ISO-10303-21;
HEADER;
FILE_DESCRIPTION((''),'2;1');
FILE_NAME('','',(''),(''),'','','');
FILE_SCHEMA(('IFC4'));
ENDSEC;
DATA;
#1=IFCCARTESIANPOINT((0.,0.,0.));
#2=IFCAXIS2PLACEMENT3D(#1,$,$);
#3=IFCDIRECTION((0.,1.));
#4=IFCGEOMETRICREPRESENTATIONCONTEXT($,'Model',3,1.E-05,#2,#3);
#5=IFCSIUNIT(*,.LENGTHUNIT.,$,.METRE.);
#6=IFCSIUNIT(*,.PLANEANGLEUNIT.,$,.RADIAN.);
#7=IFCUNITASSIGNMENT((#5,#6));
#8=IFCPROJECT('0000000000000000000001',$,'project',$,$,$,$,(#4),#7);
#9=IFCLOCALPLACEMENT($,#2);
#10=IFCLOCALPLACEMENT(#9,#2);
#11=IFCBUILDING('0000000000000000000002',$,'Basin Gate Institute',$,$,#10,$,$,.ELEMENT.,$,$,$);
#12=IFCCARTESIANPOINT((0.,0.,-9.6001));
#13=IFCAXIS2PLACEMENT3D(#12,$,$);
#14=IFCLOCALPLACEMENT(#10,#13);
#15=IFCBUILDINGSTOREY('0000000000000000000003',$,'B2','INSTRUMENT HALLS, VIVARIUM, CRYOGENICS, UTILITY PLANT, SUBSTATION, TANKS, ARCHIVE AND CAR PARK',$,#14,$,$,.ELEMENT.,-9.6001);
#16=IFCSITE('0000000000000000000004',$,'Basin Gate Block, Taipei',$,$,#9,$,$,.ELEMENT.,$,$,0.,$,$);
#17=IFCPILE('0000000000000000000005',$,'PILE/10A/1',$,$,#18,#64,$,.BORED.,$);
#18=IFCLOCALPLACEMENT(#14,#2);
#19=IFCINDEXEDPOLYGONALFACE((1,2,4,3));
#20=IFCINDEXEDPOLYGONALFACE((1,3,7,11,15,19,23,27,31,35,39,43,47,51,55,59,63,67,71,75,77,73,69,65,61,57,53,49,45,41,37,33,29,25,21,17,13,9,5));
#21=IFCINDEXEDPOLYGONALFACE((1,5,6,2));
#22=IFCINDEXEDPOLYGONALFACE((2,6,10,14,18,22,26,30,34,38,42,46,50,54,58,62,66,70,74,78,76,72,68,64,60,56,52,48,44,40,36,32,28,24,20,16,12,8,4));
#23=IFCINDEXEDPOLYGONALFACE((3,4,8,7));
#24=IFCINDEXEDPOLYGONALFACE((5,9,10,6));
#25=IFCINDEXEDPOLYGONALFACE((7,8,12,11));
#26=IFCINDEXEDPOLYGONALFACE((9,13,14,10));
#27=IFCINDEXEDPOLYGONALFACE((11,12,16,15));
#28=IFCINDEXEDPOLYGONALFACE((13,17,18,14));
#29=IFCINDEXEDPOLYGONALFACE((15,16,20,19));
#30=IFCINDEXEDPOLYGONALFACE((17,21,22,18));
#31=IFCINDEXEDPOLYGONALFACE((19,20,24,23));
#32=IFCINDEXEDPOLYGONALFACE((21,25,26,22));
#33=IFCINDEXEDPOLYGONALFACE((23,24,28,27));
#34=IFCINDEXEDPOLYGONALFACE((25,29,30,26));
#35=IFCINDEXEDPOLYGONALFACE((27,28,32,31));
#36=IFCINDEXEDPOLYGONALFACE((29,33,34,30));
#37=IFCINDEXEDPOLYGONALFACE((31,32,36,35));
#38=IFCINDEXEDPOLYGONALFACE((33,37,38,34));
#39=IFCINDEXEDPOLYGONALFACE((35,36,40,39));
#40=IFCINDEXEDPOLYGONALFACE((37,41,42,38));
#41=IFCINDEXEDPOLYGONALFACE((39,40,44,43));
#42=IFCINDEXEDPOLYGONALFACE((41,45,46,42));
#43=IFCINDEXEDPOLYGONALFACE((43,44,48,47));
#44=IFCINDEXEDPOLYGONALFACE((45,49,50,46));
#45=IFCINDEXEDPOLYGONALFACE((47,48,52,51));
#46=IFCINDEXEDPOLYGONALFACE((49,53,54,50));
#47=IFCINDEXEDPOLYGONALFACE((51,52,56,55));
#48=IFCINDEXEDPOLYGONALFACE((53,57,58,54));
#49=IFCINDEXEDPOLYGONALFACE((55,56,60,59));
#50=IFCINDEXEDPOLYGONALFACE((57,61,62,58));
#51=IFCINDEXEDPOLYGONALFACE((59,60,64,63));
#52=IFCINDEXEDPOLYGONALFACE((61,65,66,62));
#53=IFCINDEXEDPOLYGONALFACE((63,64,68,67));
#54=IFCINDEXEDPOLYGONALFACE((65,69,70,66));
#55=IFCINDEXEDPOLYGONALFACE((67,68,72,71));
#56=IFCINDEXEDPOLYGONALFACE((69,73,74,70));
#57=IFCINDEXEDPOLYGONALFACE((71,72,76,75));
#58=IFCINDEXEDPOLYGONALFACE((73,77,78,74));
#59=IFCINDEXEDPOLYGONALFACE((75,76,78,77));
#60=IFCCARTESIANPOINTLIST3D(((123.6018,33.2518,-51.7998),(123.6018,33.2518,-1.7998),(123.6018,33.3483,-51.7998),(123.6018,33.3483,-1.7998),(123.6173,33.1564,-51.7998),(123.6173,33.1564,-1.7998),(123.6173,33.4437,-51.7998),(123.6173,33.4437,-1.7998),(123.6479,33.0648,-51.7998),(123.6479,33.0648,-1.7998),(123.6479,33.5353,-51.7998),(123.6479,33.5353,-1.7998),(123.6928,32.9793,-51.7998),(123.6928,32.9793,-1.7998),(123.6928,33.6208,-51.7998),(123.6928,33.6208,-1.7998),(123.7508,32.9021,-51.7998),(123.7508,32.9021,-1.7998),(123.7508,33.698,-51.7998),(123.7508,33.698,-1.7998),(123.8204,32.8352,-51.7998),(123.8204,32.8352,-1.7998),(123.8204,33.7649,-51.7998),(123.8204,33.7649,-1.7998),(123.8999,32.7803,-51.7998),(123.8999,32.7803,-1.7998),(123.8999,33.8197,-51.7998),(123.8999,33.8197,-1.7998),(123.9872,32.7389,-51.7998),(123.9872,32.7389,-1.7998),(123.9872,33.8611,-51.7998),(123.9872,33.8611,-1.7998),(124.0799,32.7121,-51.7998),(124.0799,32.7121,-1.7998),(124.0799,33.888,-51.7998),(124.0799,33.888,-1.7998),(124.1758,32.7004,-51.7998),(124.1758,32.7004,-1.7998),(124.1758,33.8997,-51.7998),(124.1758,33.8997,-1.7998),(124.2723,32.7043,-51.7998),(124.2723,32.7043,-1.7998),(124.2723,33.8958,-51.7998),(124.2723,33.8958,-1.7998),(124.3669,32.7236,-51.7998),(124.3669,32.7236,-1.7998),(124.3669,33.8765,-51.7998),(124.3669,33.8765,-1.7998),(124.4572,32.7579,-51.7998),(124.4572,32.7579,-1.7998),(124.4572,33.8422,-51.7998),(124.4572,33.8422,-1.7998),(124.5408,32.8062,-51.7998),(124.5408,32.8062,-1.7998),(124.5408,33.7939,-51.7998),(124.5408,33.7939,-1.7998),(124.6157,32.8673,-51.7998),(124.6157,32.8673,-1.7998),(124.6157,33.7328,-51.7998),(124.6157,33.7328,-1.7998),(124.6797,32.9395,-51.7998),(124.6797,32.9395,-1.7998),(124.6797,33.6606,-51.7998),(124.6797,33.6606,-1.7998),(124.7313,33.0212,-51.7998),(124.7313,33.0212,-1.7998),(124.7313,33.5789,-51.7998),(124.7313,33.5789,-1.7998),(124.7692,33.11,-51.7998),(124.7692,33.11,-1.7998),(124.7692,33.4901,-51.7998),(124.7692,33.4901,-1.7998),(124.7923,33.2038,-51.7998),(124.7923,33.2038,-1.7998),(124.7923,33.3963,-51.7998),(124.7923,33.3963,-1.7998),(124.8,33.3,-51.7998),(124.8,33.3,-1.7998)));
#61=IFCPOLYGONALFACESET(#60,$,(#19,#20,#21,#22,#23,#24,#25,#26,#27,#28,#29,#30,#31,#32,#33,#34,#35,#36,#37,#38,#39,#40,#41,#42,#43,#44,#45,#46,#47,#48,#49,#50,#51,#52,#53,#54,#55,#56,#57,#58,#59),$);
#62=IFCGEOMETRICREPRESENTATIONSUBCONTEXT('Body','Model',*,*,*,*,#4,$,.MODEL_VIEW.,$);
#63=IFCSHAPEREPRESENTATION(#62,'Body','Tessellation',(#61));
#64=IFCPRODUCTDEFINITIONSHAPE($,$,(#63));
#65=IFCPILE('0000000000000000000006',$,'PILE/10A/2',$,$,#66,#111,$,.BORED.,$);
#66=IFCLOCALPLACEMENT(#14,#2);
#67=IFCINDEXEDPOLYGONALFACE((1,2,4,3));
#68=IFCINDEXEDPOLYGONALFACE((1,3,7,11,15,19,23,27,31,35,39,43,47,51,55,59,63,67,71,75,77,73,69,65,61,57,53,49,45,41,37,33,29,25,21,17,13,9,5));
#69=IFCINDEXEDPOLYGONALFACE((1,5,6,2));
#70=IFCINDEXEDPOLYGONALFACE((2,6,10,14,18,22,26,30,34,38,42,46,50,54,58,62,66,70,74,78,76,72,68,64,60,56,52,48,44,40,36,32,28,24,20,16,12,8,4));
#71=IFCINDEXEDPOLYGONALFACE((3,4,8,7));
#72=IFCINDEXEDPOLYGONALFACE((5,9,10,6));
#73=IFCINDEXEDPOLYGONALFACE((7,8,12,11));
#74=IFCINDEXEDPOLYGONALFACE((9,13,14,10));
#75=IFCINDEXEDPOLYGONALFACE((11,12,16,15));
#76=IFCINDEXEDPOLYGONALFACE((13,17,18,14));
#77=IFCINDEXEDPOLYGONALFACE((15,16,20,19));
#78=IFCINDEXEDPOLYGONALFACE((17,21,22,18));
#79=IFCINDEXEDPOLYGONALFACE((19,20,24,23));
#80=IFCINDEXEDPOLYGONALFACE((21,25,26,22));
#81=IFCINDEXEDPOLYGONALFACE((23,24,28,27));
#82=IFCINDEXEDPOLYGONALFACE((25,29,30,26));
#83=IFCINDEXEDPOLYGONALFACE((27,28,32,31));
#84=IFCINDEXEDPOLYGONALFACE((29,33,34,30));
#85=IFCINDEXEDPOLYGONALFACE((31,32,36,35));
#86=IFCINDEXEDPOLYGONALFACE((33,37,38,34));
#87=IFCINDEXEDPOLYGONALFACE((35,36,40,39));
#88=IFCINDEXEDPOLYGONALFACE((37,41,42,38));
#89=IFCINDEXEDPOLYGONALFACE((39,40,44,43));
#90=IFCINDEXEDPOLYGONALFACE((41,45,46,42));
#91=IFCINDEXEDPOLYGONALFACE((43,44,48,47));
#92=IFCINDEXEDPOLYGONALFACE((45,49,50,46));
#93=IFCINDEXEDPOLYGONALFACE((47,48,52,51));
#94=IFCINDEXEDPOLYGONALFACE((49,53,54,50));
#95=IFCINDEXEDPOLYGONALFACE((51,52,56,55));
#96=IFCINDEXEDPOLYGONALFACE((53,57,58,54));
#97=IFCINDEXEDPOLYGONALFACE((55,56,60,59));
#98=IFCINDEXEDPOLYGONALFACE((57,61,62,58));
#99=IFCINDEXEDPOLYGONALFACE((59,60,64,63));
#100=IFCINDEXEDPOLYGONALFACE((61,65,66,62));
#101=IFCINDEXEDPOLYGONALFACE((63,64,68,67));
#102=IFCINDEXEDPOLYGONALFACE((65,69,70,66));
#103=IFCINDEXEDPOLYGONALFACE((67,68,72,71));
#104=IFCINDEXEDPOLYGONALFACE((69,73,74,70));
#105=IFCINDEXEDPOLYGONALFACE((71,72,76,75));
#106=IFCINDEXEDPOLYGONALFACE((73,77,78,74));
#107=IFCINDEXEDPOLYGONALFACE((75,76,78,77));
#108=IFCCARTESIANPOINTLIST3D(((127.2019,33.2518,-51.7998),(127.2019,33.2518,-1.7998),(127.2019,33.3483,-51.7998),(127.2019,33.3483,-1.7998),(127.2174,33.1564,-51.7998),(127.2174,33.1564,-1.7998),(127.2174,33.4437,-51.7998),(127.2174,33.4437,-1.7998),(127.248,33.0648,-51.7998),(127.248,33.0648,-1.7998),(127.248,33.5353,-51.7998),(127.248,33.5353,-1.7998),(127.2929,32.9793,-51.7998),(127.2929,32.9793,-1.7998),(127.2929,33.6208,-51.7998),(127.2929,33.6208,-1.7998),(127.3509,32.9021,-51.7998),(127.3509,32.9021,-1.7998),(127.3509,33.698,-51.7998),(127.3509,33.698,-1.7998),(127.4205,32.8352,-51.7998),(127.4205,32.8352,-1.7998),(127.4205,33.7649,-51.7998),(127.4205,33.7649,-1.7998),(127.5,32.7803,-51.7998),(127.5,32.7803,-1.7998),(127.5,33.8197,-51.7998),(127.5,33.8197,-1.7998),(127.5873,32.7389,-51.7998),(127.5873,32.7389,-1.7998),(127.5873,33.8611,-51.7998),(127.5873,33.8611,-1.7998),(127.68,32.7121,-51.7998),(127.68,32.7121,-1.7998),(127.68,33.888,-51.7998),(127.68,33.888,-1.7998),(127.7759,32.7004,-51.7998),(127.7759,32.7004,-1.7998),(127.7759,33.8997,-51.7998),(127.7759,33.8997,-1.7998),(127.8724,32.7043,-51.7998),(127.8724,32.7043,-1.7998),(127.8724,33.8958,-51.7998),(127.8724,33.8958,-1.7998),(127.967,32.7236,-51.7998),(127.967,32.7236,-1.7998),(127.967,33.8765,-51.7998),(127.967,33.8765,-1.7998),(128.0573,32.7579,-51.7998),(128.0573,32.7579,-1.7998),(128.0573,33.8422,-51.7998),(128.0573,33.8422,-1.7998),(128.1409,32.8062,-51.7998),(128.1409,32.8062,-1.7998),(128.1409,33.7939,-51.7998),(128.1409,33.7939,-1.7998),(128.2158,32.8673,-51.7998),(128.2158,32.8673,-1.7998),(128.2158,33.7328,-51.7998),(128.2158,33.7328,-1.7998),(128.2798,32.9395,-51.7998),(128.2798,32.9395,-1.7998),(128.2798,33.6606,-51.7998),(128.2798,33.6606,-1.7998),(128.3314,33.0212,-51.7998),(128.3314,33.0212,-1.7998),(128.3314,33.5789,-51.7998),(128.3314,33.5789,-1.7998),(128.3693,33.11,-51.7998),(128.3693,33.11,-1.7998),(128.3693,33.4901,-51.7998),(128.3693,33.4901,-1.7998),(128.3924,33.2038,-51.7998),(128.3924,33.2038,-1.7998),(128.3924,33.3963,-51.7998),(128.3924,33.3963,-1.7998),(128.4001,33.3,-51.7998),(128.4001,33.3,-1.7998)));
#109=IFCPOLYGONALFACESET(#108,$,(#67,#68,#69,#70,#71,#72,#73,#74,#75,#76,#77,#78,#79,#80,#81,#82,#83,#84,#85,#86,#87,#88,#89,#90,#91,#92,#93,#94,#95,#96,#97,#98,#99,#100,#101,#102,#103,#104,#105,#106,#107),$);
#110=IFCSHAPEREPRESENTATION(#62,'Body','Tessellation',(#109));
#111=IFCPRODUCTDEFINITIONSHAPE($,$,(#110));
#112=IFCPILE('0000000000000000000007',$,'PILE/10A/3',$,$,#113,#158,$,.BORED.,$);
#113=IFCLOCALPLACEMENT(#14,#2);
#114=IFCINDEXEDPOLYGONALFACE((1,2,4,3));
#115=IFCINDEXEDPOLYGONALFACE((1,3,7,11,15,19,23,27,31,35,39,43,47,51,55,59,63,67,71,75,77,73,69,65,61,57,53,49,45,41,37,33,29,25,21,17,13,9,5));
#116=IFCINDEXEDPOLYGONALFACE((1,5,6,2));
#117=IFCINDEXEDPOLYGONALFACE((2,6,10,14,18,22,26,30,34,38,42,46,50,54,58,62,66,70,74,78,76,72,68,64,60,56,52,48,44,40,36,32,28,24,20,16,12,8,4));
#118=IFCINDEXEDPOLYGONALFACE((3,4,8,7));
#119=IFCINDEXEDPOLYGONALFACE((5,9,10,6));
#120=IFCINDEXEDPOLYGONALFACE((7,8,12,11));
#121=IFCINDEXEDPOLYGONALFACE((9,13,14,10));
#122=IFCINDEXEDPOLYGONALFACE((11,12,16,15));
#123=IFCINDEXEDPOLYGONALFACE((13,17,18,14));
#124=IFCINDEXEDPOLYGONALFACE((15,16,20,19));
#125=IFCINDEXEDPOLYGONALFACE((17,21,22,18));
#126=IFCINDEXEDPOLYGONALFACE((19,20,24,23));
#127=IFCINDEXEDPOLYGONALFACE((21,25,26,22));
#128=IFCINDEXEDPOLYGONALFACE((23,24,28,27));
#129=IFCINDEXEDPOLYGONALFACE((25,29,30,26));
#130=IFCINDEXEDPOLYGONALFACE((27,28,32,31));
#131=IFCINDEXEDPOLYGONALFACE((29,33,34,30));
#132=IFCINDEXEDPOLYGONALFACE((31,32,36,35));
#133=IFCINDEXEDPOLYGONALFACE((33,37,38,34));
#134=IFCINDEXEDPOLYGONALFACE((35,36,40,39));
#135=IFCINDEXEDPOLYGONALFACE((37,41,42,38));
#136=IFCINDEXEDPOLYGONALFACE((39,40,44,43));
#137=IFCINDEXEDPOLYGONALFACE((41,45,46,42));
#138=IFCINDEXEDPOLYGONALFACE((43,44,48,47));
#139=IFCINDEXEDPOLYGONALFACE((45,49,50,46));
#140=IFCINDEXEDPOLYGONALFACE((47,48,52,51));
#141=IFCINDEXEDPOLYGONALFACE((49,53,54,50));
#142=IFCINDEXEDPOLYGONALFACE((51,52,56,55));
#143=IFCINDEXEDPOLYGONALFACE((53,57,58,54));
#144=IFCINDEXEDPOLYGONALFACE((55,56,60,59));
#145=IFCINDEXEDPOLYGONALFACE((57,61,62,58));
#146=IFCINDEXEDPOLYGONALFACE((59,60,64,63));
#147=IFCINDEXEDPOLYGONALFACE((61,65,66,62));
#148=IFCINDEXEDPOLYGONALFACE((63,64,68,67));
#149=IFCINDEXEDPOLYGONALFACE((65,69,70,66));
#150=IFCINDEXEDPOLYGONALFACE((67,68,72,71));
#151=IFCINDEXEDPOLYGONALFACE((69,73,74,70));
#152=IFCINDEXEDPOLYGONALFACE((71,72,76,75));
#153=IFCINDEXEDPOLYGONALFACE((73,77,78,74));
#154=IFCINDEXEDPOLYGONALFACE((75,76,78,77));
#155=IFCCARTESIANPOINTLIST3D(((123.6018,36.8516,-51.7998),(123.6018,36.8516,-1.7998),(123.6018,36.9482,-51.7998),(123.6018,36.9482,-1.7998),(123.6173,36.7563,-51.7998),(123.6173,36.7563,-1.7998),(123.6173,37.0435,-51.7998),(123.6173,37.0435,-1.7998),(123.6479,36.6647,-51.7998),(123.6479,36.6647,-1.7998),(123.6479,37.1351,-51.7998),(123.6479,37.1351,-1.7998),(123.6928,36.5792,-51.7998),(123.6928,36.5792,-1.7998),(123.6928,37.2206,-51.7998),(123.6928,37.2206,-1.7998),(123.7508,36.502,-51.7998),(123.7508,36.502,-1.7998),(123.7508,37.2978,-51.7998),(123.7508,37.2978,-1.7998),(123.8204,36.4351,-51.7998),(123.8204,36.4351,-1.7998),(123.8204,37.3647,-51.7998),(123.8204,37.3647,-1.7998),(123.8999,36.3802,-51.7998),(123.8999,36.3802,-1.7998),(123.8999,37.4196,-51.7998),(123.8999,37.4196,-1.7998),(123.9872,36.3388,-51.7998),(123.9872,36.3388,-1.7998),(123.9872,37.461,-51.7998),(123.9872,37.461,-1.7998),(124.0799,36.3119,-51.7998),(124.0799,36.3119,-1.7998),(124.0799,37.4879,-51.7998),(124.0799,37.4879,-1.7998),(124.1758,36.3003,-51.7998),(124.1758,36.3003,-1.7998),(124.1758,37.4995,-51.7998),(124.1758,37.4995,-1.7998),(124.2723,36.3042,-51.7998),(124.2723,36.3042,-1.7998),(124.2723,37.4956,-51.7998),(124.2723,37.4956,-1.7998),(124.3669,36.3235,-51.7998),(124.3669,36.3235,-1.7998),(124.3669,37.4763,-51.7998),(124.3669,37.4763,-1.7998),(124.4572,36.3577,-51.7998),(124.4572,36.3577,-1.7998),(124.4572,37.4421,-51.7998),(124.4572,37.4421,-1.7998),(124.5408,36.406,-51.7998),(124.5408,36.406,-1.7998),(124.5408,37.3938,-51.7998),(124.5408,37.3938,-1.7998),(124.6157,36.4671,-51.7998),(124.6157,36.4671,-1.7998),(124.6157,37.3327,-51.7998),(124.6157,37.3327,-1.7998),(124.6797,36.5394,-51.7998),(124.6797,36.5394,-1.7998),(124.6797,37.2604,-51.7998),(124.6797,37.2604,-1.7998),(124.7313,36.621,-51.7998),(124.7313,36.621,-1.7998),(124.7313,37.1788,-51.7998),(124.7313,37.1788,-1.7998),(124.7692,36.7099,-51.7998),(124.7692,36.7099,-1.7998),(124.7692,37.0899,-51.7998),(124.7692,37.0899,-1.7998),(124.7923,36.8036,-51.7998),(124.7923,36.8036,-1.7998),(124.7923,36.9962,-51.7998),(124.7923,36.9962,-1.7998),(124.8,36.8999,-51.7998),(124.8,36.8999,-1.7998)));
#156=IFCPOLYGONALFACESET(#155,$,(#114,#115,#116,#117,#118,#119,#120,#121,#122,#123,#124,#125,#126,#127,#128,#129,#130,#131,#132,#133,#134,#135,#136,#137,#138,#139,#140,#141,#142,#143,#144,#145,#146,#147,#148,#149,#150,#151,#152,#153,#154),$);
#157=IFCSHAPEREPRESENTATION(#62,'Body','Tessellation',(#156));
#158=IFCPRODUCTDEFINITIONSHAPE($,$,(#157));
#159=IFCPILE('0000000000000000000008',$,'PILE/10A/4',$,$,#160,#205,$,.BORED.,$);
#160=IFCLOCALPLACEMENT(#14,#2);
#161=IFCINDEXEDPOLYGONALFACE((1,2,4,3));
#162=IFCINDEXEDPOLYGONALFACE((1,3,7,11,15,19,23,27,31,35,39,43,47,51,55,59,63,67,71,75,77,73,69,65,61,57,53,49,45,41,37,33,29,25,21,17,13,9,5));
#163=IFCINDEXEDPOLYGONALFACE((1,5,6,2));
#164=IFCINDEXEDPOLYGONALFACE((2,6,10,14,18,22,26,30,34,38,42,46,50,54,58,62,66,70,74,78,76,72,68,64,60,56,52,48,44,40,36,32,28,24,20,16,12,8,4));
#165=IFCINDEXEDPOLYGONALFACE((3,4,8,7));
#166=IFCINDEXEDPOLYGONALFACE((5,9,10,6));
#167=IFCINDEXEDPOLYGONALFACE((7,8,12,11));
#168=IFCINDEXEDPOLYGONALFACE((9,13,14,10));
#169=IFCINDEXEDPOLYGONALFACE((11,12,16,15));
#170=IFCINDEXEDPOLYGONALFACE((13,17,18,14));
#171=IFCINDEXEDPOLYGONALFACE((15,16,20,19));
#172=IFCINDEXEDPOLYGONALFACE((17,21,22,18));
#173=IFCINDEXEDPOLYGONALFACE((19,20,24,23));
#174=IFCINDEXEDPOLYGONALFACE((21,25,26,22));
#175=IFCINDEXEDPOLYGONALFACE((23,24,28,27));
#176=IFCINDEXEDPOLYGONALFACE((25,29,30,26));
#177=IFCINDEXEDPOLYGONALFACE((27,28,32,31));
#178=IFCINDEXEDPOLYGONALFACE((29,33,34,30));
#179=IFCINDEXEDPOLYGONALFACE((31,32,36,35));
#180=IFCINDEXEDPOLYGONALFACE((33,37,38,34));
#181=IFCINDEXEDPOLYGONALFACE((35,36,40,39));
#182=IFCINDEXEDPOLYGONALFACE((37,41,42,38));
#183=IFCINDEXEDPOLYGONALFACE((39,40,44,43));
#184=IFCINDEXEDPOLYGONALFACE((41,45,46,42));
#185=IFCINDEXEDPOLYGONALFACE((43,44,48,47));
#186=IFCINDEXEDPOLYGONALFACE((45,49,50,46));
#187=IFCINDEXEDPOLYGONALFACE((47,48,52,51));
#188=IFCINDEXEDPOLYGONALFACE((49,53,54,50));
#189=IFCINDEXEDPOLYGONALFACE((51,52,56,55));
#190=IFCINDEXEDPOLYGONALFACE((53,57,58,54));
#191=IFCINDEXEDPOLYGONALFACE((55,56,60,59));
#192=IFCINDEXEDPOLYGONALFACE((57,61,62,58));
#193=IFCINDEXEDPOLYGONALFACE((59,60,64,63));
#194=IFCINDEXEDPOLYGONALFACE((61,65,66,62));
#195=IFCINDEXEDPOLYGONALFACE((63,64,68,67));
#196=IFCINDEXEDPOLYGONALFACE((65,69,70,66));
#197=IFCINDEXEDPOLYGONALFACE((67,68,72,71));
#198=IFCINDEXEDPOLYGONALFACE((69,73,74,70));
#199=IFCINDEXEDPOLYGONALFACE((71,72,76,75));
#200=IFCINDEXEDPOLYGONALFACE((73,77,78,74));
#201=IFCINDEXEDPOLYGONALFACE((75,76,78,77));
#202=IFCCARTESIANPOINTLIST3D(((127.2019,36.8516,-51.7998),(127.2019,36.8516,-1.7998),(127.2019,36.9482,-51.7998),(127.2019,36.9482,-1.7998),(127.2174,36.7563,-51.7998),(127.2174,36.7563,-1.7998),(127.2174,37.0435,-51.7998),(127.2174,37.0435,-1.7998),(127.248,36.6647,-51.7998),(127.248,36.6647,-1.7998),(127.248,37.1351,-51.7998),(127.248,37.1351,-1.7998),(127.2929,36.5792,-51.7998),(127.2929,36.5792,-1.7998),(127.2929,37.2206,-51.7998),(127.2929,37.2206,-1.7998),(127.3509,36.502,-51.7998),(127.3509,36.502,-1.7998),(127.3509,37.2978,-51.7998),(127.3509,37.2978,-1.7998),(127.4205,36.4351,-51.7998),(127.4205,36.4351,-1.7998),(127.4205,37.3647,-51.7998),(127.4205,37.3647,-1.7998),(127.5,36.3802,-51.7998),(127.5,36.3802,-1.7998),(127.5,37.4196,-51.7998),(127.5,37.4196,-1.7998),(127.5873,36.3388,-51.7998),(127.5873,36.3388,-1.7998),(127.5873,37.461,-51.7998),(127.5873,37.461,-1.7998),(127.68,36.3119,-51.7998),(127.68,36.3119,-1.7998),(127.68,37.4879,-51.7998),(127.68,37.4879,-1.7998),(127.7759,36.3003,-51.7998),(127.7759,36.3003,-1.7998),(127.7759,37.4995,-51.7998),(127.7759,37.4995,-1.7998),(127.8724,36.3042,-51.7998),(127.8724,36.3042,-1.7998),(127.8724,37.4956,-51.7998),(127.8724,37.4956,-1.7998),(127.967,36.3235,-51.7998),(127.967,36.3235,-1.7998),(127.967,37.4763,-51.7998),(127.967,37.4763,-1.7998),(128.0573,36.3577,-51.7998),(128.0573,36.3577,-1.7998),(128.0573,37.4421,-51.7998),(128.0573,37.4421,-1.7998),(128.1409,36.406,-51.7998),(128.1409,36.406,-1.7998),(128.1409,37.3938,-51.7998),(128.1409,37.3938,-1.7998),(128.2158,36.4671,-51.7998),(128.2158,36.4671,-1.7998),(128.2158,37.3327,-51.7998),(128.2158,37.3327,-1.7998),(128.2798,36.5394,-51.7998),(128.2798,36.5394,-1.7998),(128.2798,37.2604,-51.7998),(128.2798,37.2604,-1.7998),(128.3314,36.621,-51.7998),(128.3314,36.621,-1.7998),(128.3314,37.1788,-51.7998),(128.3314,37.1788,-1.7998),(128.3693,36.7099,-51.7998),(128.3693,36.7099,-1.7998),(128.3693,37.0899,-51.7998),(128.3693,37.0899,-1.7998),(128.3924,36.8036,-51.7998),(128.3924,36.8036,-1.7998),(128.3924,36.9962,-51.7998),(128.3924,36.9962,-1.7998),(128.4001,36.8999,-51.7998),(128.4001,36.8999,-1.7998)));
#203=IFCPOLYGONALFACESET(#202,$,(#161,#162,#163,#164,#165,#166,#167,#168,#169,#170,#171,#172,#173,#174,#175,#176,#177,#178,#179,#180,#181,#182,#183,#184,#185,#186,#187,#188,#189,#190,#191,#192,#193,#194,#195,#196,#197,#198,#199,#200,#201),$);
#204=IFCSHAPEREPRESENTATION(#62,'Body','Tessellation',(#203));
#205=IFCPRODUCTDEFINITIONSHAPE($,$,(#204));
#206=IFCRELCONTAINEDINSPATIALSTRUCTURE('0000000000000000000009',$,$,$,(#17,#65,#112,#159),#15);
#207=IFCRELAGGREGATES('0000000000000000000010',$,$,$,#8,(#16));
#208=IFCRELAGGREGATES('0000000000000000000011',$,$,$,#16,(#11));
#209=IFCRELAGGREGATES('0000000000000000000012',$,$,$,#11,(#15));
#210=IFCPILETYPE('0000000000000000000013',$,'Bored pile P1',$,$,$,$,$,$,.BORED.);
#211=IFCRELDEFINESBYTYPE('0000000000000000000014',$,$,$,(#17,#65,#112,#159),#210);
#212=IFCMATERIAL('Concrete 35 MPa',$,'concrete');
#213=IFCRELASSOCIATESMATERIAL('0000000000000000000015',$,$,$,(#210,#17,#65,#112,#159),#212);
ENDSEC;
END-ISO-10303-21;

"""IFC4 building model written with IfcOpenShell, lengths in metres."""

from ifc_helpers import new_model, si_unit, direction, frame, origin, origin_2d, place, context, subcontext, project, spatial, circle, extrude, material, material_profile, profile_set, type_object, element, save


model = new_model("IFC4")

# Units and contexts
model_context = context("Model", 3, precision=1e-05, world=origin(), true_north=direction((0.0, 1.0)))
body_context = subcontext(model_context, "Body", "Model", "MODEL_VIEW")
ifc_project = project(units=[si_unit("LENGTHUNIT", "METRE"), si_unit("PLANEANGLEUNIT", "RADIAN")], contexts=[model_context])

# Site, building, storey
site_placement = place(None, origin())
site = spatial("IfcSite", under=ifc_project, at=site_placement, Name="Basin Gate Block, Taipei", CompositionType="ELEMENT", RefElevation=0.0)
building_placement = place(site_placement, origin())
building = spatial("IfcBuilding", under=site, at=building_placement, Name="Basin Gate Institute", CompositionType="ELEMENT")
storey_placement = place(building_placement, frame((0.0, 0.0, -9.6001)))
storey = spatial("IfcBuildingStorey", under=building, at=storey_placement, Name="B2", Description="INSTRUMENT HALLS, VIVARIUM, CRYOGENICS, UTILITY PLANT, SUBSTATION, TANKS, ARCHIVE AND CAR PARK", CompositionType="ELEMENT", Elevation=-9.6001)

# Piles
ifc_material_1 = material(Name="Concrete 35 MPa", Category="concrete")
ifc_material_profile_1 = material_profile(ifc_material_1, circle(Radius=0.6001, at=origin_2d()), Name="Bored pile P1 1200 dia")
ifc_profile_set_1 = profile_set([ifc_material_profile_1], Name="Concrete 35 MPa")
pile_type = type_object("IfcPileType", Name="Bored pile P1", PredefinedType="BORED", material=ifc_profile_set_1)
for number, where, z_axis, x_axis, name in (
    (1, (124.2, 33.3, -1.7998), (0.0, 0.0, -1.0), (1.0, 0.0, 0.0), "PILE/10A/1"),
    (2, (127.8, 33.3, -1.7998), (0.0, 0.0, -1.0), (1.0, 0.0, 0.0), "PILE/10A/2"),
    (3, (124.2, 36.8999, -1.7998), (0.0, 0.0, -1.0), (1.0, 0.0, 0.0), "PILE/10A/3"),
    (4, (127.8, 36.8999, -1.7998), (0.0, 0.0, -1.0), (1.0, 0.0, 0.0), "PILE/10A/4"),
):
    element("IfcPile", number, at=place(storey_placement, frame(where, z_axis=z_axis, x_axis=x_axis)), inside=storey, type_object=pile_type, material=ifc_profile_set_1, Name=name, PredefinedType="BORED", context=body_context, shape_type="SweptSolid", body=[
        extrude(circle(Radius=0.6001, at=origin_2d()), origin(), (0.0, 0.0, 1.0), 50.0),
    ])

save(model, "model.ifc")
